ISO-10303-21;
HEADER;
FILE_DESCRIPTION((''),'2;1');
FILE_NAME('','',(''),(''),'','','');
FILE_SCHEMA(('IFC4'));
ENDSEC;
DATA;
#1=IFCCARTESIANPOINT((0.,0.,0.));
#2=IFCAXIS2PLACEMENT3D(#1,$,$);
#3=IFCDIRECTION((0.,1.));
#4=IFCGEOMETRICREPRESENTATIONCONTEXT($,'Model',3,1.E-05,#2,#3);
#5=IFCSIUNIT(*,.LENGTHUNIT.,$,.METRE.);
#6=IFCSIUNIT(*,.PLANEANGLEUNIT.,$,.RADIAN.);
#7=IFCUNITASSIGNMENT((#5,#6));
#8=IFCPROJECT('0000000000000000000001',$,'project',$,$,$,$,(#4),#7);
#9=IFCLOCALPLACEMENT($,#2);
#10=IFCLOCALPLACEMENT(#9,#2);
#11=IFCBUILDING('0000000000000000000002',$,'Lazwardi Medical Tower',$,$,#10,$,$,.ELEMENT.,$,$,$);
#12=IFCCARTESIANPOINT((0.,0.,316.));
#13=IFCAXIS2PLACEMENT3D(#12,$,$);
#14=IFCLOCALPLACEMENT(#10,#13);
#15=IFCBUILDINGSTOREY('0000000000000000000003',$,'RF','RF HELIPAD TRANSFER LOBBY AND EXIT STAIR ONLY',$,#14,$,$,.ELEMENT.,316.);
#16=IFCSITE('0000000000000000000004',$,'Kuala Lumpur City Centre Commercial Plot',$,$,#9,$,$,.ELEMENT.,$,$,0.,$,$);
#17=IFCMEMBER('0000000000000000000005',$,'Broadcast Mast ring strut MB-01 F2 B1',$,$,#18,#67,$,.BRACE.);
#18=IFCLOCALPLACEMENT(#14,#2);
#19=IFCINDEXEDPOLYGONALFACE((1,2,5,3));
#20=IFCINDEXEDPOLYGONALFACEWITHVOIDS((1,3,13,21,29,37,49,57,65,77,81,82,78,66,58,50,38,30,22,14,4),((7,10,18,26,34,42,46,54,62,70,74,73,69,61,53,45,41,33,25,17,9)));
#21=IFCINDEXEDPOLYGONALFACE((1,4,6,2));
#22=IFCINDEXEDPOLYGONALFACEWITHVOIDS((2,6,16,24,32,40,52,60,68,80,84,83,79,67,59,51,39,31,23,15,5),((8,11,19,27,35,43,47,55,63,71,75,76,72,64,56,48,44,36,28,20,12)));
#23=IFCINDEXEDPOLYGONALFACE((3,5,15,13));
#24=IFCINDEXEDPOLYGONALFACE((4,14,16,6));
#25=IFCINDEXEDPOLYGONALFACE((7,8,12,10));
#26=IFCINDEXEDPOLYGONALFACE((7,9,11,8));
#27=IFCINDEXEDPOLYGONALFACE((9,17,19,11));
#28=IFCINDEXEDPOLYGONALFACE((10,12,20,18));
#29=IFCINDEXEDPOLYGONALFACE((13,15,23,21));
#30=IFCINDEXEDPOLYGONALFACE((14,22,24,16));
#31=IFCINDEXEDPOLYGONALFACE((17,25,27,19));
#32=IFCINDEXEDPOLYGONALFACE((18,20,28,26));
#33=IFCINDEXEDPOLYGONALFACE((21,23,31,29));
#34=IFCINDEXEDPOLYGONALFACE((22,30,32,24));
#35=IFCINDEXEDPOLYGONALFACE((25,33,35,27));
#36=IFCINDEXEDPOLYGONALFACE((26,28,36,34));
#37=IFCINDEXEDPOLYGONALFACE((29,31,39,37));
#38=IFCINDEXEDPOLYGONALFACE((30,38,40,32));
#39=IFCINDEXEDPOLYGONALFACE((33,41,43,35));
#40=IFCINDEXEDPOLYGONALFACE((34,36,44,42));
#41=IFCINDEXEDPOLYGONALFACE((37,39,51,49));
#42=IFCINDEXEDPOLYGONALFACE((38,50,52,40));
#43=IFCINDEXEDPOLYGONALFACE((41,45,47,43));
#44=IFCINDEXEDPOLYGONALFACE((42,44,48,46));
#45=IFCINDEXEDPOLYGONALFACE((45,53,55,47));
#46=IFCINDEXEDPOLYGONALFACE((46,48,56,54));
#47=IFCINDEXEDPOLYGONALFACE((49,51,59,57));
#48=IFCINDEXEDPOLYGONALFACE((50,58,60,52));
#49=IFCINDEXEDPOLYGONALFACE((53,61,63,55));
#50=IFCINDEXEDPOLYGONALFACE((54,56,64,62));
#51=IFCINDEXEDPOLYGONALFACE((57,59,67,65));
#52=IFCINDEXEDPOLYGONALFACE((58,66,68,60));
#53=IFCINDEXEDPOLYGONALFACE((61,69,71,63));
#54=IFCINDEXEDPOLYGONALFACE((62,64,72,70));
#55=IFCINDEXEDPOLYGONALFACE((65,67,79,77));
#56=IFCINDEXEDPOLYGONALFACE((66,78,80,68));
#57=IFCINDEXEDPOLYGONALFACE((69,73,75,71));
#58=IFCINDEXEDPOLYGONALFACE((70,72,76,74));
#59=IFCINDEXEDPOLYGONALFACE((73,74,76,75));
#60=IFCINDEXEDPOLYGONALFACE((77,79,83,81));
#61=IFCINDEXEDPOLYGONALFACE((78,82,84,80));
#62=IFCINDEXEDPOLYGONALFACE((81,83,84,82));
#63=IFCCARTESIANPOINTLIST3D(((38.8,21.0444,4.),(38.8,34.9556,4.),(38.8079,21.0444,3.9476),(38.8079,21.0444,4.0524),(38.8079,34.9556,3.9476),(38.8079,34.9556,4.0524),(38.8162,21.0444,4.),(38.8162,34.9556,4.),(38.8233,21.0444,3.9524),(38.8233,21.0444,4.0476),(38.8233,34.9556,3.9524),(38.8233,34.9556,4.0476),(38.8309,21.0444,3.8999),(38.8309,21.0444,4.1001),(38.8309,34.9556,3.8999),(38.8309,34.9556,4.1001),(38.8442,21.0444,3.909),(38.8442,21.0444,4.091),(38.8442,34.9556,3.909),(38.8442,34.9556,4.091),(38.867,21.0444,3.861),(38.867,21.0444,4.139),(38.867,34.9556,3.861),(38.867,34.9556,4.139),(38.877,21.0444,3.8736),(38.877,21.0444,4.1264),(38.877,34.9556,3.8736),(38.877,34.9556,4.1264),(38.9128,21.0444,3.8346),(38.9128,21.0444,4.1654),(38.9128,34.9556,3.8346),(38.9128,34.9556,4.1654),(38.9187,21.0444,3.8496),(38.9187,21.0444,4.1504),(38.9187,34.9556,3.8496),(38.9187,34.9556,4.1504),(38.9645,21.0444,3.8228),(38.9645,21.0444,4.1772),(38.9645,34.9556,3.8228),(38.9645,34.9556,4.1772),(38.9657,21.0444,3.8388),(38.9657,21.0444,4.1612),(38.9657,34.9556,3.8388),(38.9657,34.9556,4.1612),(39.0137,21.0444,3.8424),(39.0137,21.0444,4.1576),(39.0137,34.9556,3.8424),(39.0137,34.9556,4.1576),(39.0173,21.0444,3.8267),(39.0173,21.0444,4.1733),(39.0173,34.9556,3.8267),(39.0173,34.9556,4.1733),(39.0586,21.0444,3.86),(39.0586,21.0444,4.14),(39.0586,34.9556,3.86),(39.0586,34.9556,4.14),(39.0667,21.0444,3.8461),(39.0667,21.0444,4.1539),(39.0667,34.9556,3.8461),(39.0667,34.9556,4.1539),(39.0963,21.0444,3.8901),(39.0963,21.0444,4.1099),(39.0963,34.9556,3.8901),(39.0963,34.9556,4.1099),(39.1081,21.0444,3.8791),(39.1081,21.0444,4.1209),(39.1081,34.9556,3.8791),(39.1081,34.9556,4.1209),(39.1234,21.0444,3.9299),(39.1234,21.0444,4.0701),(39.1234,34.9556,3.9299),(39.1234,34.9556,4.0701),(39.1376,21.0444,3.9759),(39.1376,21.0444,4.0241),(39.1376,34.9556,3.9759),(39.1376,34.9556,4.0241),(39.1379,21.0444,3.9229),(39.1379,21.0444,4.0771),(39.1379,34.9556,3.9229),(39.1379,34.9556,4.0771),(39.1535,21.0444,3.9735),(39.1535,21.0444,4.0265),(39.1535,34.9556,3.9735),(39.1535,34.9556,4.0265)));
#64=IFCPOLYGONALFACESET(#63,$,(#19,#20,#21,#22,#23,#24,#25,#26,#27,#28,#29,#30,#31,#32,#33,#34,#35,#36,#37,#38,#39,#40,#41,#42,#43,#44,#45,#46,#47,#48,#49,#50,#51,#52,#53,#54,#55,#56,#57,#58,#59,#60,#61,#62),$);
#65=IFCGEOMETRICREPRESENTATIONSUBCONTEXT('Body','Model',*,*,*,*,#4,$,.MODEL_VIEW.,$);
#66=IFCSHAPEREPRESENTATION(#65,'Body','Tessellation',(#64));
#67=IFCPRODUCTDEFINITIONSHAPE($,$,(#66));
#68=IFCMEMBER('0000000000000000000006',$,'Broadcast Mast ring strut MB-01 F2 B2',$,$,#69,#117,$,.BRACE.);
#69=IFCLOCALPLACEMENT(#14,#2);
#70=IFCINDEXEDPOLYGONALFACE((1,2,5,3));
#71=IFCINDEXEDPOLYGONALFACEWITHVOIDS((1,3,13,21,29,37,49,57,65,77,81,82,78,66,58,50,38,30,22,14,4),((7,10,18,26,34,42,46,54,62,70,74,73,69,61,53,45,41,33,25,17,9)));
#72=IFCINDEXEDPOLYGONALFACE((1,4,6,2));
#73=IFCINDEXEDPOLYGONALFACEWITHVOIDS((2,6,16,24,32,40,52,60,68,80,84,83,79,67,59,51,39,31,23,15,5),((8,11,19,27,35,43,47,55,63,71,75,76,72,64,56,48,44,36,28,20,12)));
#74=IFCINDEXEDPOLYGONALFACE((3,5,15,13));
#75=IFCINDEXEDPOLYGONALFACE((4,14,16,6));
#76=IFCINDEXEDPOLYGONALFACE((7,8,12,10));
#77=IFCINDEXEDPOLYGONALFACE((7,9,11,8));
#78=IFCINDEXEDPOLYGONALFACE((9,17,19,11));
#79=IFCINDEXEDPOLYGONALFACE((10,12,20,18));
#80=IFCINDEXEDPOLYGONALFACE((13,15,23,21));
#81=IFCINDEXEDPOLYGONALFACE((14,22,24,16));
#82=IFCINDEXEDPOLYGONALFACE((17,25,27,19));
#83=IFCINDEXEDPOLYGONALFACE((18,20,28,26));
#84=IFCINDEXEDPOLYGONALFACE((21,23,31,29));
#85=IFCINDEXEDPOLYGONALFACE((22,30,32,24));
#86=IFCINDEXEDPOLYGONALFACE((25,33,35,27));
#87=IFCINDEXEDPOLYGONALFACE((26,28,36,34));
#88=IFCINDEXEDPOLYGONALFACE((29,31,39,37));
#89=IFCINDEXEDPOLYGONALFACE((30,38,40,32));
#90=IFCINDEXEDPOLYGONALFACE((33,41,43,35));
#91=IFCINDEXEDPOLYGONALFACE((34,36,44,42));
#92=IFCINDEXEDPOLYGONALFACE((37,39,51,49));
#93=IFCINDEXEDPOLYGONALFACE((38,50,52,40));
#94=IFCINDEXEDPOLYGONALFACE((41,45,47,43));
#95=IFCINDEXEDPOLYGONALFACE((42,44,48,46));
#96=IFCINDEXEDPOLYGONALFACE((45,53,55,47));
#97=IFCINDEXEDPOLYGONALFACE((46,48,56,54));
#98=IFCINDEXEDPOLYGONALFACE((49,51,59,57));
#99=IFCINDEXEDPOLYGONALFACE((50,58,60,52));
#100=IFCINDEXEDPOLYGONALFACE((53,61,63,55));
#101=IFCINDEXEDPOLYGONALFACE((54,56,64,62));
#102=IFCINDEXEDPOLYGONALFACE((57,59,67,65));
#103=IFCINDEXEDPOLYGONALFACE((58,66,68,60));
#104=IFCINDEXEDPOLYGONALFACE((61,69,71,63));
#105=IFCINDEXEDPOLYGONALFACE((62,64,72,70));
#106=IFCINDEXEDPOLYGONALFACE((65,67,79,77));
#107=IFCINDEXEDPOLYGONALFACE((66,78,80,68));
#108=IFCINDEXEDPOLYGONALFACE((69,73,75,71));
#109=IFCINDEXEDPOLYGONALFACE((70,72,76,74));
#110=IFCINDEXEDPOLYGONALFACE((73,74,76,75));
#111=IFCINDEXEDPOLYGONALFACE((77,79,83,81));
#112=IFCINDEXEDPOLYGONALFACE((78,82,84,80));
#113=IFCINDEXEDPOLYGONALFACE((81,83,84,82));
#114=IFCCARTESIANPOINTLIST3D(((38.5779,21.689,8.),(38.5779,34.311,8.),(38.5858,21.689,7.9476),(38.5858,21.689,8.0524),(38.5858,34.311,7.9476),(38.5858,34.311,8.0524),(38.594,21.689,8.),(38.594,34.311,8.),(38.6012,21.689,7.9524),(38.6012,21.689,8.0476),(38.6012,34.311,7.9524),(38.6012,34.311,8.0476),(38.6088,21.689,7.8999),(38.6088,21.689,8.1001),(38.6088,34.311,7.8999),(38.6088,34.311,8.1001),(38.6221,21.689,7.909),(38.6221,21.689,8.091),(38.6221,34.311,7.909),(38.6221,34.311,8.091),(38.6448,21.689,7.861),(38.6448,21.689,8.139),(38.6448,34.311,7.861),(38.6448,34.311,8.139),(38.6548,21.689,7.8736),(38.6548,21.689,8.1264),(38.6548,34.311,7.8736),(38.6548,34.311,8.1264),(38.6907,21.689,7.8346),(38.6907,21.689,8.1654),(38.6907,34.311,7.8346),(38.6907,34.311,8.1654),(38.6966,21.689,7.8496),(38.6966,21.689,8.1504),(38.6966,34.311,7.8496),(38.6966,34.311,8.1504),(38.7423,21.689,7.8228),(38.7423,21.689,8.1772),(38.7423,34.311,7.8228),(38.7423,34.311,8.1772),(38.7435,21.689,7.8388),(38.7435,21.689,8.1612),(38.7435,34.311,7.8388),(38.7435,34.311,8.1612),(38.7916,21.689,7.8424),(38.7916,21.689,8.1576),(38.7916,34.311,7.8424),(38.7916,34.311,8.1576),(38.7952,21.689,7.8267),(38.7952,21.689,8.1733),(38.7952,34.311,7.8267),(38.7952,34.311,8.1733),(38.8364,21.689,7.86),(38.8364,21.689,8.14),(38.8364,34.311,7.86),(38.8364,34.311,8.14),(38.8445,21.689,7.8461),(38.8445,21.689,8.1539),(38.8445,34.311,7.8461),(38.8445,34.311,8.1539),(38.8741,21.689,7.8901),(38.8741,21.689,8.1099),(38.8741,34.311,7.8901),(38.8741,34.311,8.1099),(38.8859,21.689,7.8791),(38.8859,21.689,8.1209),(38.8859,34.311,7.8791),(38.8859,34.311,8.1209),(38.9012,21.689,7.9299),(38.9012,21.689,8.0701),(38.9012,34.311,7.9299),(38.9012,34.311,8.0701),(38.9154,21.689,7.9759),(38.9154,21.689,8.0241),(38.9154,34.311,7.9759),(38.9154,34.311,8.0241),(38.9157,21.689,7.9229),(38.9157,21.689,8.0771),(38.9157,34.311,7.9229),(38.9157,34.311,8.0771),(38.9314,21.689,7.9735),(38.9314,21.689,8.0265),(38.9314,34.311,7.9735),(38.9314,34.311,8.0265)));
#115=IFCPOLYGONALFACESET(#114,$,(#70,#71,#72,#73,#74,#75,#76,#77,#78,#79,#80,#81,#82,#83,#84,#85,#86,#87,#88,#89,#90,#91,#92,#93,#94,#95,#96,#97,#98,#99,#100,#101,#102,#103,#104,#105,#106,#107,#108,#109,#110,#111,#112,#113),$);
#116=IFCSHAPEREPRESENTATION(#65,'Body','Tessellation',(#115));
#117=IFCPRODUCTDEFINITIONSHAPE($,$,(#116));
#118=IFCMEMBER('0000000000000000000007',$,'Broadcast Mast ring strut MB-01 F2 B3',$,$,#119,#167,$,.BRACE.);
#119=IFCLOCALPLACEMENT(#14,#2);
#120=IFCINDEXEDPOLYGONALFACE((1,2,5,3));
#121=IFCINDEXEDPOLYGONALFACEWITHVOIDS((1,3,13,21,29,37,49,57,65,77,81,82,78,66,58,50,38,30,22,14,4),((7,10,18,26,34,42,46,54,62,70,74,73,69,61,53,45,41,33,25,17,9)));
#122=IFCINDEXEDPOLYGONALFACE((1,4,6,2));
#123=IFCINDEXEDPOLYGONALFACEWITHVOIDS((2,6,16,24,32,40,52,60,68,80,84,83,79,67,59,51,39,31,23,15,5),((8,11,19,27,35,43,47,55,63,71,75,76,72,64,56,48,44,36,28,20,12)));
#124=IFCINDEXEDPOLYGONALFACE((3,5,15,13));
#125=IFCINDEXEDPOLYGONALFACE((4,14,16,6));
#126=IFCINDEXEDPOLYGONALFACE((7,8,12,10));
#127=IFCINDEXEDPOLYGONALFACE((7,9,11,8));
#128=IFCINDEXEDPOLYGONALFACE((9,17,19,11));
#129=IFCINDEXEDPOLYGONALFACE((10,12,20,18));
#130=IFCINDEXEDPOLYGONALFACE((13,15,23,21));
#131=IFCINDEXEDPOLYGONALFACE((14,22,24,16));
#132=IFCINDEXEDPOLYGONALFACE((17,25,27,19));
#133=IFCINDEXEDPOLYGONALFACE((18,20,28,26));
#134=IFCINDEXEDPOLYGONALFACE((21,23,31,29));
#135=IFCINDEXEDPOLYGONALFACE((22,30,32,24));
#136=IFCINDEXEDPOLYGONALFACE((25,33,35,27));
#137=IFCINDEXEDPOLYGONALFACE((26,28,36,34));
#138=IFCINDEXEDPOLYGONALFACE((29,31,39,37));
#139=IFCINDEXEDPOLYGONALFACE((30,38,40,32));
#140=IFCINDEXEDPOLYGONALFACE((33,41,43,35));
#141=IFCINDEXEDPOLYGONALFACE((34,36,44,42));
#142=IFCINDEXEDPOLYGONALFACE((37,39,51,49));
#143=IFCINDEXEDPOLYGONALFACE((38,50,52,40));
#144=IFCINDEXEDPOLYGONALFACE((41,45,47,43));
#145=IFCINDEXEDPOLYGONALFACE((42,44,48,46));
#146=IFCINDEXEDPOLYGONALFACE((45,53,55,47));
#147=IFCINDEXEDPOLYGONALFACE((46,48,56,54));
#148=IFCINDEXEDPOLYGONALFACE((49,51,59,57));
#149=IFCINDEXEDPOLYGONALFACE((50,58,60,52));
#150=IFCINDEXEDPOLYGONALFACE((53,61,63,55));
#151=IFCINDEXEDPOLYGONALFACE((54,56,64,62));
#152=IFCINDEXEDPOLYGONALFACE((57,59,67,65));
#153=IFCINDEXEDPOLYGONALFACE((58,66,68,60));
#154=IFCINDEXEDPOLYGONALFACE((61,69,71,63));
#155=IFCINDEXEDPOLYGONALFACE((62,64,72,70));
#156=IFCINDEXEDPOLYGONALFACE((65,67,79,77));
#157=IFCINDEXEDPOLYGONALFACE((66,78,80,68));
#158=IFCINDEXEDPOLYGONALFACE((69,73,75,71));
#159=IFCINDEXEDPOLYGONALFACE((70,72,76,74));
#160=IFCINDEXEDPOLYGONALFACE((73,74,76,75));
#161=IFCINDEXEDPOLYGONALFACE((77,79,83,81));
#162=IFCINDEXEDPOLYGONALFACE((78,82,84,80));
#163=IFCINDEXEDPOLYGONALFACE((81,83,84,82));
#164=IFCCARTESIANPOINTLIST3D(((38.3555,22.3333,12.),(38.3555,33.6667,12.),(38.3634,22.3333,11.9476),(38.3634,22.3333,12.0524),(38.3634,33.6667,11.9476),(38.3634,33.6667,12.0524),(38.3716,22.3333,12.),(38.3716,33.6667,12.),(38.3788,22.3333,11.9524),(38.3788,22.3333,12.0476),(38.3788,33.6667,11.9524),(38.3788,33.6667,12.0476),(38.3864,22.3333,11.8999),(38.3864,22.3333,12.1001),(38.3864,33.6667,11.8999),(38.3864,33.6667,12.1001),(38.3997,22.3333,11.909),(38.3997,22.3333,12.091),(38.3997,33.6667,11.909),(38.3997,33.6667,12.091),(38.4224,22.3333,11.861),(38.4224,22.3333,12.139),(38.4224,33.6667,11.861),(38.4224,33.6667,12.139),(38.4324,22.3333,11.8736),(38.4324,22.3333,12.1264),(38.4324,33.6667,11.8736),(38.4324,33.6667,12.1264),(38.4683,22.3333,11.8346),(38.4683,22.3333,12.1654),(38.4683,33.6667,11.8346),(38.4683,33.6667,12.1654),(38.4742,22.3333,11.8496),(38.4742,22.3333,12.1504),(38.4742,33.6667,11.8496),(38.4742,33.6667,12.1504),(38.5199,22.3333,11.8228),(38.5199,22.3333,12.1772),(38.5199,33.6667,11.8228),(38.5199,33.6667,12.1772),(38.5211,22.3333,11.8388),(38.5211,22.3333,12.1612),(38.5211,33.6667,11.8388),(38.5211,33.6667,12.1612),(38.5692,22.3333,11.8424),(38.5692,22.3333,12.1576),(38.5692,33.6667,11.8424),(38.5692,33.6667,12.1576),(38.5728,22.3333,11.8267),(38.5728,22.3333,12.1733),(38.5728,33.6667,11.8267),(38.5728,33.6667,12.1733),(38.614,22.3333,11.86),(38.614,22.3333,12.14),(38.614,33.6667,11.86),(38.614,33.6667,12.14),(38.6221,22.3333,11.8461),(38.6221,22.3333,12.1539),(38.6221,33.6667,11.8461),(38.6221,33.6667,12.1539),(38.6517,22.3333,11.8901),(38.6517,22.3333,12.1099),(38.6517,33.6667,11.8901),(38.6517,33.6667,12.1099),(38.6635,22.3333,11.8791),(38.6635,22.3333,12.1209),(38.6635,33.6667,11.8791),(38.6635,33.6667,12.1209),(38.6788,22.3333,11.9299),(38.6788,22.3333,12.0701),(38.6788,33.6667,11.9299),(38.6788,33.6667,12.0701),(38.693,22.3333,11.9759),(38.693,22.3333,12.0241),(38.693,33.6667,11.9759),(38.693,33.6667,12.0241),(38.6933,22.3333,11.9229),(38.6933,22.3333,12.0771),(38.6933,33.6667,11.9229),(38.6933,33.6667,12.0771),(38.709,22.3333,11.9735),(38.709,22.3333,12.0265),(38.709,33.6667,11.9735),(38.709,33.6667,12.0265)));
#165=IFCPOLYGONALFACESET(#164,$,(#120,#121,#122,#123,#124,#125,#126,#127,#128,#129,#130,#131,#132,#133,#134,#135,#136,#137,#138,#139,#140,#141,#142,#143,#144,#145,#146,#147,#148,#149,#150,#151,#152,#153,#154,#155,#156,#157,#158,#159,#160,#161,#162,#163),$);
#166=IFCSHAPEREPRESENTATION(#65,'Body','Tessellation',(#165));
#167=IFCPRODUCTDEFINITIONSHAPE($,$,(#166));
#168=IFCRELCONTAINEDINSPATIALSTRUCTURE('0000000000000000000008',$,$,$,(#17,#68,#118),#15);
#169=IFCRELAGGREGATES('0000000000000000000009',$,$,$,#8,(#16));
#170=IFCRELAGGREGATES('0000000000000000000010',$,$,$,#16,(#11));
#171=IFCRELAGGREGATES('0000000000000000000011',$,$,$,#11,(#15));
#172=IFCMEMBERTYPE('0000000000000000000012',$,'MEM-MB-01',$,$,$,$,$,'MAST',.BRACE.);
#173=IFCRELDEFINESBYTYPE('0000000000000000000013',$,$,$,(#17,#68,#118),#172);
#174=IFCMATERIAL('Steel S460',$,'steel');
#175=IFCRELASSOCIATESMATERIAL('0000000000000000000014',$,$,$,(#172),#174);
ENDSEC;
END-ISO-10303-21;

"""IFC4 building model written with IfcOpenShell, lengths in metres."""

from ifc_helpers import new_model, si_unit, direction, frame, origin, origin_2d, place, context, subcontext, project, spatial, hollow_circle, extrude, material, material_profile, profile_set, type_object, element, save


model = new_model("IFC4")

# Units and contexts
model_context = context("Model", 3, precision=1e-05, world=origin(), true_north=direction((0.0, 1.0)))
body_context = subcontext(model_context, "Body", "Model", "MODEL_VIEW")
ifc_project = project(units=[si_unit("LENGTHUNIT", "METRE"), si_unit("PLANEANGLEUNIT", "RADIAN")], contexts=[model_context])

# Site, building, storey
site_placement = place(None, origin())
site = spatial("IfcSite", under=ifc_project, at=site_placement, Name="Kuala Lumpur City Centre Commercial Plot", CompositionType="ELEMENT", RefElevation=0.0)
building_placement = place(site_placement, origin())
building = spatial("IfcBuilding", under=site, at=building_placement, Name="Lazwardi Medical Tower", CompositionType="ELEMENT")
storey_placement = place(building_placement, frame((0.0, 0.0, 316.0)))
storey = spatial("IfcBuildingStorey", under=building, at=storey_placement, Name="RF", Description="RF HELIPAD TRANSFER LOBBY AND EXIT STAIR ONLY", CompositionType="ELEMENT", Elevation=316.0)

# Members
ifc_material_1 = material(Name="Steel S460", Category="steel")
ifc_material_profile_1 = material_profile(ifc_material_1, hollow_circle(Radius=0.1777, WallThickness=0.0161, at=origin_2d()), Name="CHS 355.6x16")
ifc_profile_set_1 = profile_set([ifc_material_profile_1], Name="Steel S460")
member_type_1 = type_object("IfcMemberType", Name="MEM-MB-01", ElementType="MAST", PredefinedType="BRACE", material=ifc_profile_set_1)
member_1_placement = place(storey_placement, frame((38.9778, 21.0444, 4.0), z_axis=(0.0, 1.0, 0.0), x_axis=(-1.0, 0.0, 0.0)))
element("IfcMember", 1, at=member_1_placement, inside=storey, type_object=member_type_1, Name="Broadcast Mast ring strut MB-01 F2 B1", PredefinedType="BRACE", context=body_context, shape_type="SweptSolid", body=[
    extrude(hollow_circle(Radius=0.1777, WallThickness=0.0161, at=origin_2d()), origin(), (0.0, 0.0, 1.0), 13.9111),
])
member_2_placement = place(storey_placement, frame((38.7556, 21.689, 8.0), z_axis=(0.0, 1.0, 0.0), x_axis=(-1.0, 0.0, 0.0)))
element("IfcMember", 2, at=member_2_placement, inside=storey, type_object=member_type_1, Name="Broadcast Mast ring strut MB-01 F2 B2", PredefinedType="BRACE", context=body_context, shape_type="SweptSolid", body=[
    extrude(hollow_circle(Radius=0.1777, WallThickness=0.0161, at=origin_2d()), origin(), (0.0, 0.0, 1.0), 12.6221),
])
member_3_placement = place(storey_placement, frame((38.5332, 22.3333, 12.0), z_axis=(0.0, 1.0, 0.0), x_axis=(-1.0, 0.0, 0.0)))
element("IfcMember", 3, at=member_3_placement, inside=storey, type_object=member_type_1, Name="Broadcast Mast ring strut MB-01 F2 B3", PredefinedType="BRACE", context=body_context, shape_type="SweptSolid", body=[
    extrude(hollow_circle(Radius=0.1777, WallThickness=0.0161, at=origin_2d()), origin(), (0.0, 0.0, 1.0), 11.3335),
])

save(model, "model.ifc")
